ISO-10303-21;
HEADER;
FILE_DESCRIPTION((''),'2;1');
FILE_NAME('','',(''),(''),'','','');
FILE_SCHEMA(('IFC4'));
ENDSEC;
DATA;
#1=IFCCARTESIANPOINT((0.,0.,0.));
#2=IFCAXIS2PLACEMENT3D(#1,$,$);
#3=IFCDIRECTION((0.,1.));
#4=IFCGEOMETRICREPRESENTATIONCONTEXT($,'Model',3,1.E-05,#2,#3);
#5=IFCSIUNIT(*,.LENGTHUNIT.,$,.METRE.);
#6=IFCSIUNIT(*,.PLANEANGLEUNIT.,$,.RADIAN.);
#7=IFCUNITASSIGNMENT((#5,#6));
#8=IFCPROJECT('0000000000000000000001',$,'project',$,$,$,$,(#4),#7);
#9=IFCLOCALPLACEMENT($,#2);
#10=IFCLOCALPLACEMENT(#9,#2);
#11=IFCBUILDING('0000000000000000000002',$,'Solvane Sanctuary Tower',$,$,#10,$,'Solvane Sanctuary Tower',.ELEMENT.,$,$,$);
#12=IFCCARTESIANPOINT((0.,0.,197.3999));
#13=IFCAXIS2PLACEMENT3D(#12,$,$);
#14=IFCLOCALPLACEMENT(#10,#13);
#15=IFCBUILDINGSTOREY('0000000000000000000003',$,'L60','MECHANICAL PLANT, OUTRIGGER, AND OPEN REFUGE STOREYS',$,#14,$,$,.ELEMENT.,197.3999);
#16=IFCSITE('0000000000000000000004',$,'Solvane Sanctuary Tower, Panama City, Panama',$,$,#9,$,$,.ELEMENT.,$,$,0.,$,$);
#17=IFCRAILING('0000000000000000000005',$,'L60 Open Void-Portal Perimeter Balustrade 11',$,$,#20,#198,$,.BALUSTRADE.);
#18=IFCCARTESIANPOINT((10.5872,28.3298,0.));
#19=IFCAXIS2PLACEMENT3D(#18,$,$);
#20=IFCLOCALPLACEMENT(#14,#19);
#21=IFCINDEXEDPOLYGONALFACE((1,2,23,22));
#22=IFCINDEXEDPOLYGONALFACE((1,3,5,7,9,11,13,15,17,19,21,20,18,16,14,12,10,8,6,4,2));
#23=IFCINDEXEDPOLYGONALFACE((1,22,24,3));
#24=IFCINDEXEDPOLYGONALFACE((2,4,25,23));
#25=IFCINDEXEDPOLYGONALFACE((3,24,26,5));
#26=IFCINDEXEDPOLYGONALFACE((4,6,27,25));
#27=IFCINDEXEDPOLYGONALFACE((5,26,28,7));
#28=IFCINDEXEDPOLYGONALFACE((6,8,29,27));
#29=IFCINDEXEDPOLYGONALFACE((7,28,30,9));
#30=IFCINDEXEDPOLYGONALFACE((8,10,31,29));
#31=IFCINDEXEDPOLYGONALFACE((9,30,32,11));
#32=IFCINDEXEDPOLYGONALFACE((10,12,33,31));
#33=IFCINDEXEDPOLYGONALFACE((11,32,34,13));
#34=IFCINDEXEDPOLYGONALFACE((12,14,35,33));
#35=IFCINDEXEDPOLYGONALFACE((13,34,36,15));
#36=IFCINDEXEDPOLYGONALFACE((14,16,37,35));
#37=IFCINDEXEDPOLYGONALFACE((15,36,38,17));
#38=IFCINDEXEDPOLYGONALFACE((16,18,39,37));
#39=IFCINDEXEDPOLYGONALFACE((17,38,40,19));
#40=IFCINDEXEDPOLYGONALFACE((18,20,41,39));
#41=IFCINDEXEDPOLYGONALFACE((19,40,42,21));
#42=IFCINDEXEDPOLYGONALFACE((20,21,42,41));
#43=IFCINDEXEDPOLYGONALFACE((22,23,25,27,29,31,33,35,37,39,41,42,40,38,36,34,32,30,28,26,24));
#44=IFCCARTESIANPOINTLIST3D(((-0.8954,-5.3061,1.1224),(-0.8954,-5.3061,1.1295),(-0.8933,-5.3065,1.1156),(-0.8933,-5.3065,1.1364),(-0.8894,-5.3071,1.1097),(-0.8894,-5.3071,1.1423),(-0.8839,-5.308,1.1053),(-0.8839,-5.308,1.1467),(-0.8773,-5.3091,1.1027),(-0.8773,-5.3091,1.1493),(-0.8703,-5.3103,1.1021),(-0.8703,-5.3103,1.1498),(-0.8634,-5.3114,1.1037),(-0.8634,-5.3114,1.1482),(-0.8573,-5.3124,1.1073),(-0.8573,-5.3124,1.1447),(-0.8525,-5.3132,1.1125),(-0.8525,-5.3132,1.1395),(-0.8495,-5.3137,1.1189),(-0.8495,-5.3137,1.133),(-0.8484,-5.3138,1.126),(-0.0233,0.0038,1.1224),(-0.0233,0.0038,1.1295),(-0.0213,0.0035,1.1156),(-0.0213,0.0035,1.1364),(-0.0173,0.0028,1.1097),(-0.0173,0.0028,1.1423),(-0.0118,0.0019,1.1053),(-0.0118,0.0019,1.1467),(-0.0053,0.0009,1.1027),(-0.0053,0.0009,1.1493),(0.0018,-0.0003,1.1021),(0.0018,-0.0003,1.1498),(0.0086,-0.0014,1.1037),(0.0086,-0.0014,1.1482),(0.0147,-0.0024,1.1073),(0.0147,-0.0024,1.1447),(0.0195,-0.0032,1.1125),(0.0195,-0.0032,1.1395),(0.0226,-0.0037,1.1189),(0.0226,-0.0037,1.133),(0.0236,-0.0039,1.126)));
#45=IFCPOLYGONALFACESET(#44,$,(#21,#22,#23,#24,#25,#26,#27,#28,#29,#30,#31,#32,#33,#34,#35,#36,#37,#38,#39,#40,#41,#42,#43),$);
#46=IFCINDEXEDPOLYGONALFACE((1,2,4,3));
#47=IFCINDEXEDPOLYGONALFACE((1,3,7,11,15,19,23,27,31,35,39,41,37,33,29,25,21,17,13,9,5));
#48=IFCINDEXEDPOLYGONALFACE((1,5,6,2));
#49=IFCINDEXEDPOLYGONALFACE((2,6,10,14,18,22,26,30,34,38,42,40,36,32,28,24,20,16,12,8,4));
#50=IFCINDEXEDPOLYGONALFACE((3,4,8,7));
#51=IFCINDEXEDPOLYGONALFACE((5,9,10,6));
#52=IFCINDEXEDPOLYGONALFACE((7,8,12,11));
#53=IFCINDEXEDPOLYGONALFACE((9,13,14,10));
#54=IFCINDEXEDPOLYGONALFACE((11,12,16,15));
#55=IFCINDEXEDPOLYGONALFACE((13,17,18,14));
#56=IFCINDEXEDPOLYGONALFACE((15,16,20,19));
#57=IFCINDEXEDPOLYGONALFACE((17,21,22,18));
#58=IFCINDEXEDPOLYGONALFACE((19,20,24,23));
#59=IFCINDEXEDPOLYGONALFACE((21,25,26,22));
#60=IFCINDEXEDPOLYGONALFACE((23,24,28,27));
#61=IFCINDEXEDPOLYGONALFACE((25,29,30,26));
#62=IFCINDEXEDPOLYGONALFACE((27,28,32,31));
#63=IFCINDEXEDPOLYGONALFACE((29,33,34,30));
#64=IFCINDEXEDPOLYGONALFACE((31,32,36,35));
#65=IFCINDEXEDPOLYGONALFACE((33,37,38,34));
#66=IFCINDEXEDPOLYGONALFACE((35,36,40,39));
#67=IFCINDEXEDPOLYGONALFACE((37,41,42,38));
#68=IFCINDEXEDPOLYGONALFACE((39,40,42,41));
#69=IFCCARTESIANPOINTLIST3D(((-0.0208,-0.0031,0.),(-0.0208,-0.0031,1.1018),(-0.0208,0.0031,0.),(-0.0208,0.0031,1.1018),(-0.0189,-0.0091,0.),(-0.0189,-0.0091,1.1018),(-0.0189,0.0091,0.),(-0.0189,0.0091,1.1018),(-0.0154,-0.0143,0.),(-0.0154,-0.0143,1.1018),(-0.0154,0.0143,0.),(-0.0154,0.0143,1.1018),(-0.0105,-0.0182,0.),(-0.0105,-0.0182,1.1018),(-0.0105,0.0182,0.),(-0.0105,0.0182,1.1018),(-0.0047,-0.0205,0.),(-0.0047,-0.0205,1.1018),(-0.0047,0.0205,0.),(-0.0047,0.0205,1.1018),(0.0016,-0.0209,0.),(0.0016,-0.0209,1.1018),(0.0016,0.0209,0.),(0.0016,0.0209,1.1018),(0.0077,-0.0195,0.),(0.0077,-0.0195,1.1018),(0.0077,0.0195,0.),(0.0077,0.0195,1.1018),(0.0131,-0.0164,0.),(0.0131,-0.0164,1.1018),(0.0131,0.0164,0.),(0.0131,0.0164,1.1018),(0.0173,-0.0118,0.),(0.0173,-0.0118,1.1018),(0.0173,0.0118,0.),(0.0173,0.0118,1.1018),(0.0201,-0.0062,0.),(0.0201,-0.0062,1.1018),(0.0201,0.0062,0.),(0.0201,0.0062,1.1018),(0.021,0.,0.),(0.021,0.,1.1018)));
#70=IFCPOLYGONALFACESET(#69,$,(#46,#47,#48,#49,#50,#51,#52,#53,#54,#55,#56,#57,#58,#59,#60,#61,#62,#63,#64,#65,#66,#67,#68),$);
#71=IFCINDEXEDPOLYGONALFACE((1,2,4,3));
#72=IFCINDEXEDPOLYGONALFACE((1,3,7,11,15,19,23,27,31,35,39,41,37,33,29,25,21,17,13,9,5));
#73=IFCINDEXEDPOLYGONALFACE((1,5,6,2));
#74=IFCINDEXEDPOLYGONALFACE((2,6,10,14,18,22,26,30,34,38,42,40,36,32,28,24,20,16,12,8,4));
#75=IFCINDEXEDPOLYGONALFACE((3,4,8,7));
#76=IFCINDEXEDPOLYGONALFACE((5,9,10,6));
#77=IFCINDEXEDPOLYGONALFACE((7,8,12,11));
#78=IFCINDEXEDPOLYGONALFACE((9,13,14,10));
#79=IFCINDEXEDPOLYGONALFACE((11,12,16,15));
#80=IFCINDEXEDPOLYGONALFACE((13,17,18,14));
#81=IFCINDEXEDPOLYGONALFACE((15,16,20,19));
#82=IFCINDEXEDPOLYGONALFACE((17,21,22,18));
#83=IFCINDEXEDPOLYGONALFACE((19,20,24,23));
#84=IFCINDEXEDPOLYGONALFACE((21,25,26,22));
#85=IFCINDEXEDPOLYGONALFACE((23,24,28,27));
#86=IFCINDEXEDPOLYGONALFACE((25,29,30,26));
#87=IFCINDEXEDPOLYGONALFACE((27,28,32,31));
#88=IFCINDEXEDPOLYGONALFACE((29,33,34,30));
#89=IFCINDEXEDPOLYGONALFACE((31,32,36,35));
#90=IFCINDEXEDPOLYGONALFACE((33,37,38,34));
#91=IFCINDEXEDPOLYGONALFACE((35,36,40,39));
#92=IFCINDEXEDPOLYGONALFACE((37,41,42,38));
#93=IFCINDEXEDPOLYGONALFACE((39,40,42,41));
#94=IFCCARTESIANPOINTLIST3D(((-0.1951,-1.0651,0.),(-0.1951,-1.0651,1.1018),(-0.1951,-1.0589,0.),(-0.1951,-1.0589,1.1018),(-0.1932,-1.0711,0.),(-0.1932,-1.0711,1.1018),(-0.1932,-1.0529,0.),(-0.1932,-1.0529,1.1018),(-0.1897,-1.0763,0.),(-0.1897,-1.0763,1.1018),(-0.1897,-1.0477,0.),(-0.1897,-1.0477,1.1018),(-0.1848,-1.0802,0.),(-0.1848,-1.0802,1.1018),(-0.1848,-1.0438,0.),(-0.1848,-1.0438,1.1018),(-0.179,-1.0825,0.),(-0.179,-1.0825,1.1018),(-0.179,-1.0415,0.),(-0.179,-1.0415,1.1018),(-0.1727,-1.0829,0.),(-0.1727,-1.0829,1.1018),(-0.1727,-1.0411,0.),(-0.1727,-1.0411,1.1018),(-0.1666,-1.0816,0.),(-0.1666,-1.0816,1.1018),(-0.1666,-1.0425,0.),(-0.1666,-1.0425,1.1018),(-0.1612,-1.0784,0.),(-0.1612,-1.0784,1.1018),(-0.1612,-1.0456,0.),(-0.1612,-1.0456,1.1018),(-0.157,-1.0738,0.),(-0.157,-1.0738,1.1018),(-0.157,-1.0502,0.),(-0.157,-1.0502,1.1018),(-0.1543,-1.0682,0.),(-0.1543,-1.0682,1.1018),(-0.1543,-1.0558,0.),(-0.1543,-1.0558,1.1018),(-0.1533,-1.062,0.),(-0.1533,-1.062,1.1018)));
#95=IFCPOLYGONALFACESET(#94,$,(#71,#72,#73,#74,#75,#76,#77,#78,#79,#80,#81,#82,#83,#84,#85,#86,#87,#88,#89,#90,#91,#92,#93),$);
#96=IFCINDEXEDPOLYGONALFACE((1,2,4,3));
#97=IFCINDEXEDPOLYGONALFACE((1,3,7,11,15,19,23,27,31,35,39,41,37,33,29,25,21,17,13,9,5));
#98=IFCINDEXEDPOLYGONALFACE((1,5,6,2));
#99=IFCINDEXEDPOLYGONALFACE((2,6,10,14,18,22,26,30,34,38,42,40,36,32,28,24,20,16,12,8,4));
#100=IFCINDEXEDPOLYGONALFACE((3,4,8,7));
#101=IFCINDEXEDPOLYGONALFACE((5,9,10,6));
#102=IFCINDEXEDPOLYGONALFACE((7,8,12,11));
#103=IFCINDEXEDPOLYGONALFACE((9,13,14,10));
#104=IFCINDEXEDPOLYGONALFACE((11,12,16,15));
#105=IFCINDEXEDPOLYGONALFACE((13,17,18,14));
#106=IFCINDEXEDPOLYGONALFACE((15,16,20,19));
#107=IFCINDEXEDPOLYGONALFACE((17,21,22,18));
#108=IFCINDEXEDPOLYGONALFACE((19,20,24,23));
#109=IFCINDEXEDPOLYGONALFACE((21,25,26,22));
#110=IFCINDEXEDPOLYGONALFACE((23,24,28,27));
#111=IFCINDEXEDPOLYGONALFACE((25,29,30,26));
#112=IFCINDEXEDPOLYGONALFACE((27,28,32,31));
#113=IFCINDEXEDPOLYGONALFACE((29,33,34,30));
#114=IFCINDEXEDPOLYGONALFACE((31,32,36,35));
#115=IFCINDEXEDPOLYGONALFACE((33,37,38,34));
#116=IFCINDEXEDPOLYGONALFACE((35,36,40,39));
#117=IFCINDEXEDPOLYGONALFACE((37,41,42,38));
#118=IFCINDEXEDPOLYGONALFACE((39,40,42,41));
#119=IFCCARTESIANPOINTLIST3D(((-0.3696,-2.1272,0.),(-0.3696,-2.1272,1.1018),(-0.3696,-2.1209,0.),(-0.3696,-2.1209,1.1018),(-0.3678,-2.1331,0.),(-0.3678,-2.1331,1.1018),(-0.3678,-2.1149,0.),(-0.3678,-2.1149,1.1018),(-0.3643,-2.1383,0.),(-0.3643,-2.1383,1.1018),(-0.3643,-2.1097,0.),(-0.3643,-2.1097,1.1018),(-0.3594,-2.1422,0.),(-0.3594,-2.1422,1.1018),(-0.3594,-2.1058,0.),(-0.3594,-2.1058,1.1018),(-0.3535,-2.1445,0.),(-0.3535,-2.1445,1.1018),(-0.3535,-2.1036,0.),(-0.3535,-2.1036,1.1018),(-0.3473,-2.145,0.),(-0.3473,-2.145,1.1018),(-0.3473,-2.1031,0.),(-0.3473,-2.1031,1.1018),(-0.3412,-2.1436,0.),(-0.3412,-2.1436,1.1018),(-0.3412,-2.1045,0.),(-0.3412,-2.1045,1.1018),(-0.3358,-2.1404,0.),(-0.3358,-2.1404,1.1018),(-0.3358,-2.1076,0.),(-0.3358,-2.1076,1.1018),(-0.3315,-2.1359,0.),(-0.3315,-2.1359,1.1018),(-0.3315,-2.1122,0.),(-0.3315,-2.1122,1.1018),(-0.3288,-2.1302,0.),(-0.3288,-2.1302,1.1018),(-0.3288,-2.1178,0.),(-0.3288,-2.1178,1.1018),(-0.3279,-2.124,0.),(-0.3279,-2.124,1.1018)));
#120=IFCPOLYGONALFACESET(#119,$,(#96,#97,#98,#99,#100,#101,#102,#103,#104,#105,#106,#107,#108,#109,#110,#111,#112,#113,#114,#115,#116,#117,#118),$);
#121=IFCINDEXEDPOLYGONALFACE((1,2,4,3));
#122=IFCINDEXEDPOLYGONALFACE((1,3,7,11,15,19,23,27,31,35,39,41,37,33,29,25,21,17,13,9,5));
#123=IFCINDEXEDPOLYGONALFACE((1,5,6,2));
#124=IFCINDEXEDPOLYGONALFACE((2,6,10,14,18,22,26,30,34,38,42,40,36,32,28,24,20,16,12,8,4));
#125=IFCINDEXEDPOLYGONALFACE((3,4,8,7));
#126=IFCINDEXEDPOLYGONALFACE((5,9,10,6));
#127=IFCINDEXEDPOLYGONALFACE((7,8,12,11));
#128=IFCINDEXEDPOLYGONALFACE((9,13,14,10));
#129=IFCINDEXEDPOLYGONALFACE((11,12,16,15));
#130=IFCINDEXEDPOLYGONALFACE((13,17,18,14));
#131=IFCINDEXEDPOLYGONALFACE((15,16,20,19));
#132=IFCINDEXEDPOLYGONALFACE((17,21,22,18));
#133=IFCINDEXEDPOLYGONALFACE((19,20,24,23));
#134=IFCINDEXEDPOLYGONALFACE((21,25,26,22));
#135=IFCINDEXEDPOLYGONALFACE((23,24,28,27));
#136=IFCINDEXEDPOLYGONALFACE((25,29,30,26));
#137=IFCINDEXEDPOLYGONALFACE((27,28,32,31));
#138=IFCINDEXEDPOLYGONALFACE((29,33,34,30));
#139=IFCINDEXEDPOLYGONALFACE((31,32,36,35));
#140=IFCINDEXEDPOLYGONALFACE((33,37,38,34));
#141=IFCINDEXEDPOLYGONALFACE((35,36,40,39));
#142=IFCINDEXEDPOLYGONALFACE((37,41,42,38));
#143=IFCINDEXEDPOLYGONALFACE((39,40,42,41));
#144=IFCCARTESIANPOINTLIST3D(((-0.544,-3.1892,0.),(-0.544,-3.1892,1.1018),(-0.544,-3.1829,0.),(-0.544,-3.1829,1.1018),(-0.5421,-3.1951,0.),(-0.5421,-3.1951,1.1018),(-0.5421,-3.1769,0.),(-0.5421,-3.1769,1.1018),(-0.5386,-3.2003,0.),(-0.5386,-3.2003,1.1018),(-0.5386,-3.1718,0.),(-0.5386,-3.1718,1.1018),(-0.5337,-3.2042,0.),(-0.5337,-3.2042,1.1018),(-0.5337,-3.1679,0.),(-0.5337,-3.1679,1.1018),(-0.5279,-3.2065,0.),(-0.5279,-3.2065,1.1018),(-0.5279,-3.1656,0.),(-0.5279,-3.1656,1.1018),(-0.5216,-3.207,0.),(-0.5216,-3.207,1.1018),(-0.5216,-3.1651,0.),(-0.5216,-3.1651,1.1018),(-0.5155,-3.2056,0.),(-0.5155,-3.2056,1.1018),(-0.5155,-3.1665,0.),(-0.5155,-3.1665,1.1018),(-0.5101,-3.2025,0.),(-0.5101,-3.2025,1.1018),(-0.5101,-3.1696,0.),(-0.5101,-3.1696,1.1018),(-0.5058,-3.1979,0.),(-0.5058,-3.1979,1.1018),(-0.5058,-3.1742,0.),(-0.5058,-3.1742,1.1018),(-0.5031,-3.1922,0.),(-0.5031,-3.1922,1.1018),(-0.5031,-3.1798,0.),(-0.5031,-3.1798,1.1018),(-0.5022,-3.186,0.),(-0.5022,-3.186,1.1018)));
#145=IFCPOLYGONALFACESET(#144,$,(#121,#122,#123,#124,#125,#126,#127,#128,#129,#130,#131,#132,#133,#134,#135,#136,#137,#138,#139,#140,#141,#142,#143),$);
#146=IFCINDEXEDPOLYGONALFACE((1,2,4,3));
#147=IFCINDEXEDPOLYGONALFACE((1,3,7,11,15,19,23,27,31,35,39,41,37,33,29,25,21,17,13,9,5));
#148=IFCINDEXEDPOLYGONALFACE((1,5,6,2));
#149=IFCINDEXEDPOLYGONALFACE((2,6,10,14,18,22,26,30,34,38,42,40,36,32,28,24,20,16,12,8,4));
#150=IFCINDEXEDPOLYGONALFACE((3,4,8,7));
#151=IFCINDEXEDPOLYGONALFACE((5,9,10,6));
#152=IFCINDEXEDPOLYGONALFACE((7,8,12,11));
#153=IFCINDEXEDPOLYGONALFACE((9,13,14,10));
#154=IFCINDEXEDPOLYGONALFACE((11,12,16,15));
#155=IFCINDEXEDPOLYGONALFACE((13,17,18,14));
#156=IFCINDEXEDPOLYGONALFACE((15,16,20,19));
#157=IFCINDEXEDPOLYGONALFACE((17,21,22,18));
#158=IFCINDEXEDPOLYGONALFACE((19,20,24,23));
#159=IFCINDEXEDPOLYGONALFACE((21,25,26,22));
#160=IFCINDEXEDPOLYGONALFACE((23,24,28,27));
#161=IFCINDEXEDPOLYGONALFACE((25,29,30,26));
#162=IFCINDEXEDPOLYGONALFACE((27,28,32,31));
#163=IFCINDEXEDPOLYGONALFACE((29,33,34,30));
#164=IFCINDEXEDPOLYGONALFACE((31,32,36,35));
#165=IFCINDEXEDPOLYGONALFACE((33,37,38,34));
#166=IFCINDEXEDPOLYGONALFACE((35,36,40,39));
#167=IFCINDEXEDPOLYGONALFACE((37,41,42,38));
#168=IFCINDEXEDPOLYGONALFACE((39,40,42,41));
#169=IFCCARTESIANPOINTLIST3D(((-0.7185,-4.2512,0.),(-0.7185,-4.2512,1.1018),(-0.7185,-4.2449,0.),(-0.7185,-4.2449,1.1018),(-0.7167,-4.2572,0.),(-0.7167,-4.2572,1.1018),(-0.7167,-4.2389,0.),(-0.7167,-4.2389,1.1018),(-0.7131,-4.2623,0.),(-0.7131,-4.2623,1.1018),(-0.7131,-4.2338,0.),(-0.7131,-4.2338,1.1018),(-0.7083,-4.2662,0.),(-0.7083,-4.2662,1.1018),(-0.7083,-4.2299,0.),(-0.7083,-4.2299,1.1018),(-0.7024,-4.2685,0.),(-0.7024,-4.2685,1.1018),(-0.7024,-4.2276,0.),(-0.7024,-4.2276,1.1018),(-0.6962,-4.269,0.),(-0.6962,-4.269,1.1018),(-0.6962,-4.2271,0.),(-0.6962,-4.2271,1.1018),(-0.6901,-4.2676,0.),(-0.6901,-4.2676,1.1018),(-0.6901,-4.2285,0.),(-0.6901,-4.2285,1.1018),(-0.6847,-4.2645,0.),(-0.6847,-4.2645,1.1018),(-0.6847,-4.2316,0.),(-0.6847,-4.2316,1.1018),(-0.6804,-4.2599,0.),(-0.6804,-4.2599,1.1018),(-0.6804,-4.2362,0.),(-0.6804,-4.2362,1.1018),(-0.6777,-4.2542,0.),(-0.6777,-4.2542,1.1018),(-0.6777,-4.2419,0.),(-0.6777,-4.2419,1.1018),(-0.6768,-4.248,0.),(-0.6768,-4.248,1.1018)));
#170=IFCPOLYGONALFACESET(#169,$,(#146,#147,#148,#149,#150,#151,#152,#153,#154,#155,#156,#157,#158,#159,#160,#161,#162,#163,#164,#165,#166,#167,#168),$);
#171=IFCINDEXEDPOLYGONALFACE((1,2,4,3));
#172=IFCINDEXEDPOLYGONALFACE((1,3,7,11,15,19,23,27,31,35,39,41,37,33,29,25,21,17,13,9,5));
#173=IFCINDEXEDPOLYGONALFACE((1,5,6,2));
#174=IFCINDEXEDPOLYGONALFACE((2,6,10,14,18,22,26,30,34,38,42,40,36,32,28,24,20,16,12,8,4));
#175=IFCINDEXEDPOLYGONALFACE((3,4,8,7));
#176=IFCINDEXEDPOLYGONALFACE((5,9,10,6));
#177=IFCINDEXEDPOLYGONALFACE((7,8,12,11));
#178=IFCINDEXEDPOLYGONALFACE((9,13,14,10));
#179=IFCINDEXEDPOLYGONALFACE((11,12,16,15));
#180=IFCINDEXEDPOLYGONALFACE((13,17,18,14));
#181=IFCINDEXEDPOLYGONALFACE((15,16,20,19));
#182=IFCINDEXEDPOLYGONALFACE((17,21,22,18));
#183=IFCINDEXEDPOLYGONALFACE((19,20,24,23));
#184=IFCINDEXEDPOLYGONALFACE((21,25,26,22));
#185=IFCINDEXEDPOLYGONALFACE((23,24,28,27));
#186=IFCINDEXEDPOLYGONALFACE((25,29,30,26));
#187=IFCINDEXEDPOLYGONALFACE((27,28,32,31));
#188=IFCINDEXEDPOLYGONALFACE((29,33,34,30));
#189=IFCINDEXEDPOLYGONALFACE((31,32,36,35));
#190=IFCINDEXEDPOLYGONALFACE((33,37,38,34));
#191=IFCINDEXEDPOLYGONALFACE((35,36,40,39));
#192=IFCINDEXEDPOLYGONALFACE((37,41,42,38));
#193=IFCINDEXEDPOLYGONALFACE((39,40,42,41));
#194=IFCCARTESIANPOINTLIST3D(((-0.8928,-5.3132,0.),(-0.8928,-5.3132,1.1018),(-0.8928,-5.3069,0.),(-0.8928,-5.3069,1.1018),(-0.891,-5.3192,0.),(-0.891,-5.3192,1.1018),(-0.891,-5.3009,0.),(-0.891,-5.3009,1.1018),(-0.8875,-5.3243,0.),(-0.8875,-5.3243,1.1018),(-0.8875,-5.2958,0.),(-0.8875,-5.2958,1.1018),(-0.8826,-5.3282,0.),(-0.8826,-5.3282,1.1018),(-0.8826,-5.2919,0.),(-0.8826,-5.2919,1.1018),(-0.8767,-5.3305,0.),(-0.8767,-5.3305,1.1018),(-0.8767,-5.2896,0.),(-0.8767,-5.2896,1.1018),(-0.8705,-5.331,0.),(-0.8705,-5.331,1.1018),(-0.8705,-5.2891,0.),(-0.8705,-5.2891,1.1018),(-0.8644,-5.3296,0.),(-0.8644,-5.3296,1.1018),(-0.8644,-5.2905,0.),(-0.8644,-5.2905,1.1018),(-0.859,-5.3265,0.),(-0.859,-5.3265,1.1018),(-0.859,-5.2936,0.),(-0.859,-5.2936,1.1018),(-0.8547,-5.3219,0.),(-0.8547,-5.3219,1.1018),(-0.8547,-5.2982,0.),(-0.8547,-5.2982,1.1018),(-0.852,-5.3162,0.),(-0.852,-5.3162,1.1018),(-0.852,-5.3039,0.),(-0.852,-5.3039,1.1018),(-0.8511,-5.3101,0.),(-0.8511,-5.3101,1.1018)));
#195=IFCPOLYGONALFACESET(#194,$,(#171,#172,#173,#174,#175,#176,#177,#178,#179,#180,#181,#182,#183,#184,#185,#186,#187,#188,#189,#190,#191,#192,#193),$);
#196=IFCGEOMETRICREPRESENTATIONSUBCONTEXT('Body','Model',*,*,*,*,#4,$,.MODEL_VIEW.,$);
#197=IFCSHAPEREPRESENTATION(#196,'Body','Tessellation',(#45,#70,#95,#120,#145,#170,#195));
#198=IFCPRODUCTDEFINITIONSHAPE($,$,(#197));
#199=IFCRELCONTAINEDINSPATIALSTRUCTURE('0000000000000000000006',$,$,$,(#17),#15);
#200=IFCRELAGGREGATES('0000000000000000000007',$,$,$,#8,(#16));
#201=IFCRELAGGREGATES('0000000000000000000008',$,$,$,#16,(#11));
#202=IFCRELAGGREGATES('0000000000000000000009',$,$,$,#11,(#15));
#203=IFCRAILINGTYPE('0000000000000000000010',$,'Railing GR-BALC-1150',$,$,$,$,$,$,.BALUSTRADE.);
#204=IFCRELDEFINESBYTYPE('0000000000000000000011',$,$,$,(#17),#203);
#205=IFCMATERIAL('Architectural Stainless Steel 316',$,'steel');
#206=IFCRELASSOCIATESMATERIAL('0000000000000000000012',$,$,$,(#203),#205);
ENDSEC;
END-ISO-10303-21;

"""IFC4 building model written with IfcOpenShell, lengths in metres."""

from ifc_helpers import new_model, si_unit, direction, frame, origin, origin_2d, place, context, subcontext, project, spatial, circle, extrude, material, type_object, element, save


model = new_model("IFC4")

# Units and contexts
model_context = context("Model", 3, precision=1e-05, world=origin(), true_north=direction((0.0, 1.0)))
body_context = subcontext(model_context, "Body", "Model", "MODEL_VIEW")
ifc_project = project(units=[si_unit("LENGTHUNIT", "METRE"), si_unit("PLANEANGLEUNIT", "RADIAN")], contexts=[model_context])

# Site, building, storey
site_placement = place(None, origin())
site = spatial("IfcSite", under=ifc_project, at=site_placement, Name="Solvane Sanctuary Tower, Panama City, Panama", CompositionType="ELEMENT", RefElevation=0.0)
building_placement = place(site_placement, origin())
building = spatial("IfcBuilding", under=site, at=building_placement, Name="Solvane Sanctuary Tower", LongName="Solvane Sanctuary Tower", CompositionType="ELEMENT")
storey_placement = place(building_placement, frame((0.0, 0.0, 197.3999)))
storey = spatial("IfcBuildingStorey", under=building, at=storey_placement, Name="L60", Description="MECHANICAL PLANT, OUTRIGGER, AND OPEN REFUGE STOREYS", CompositionType="ELEMENT", Elevation=197.3999)

# Shared definitions
ifc_material_1 = material(Name="Architectural Stainless Steel 316", Category="steel")

# Railing
railing_type_1 = type_object("IfcRailingType", Name="Railing GR-BALC-1150", PredefinedType="BALUSTRADE", material=ifc_material_1)
railing_1_placement = place(storey_placement, frame((10.5872, 28.3298, 0.0)))
element("IfcRailing", 1, at=railing_1_placement, inside=storey, type_object=railing_type_1, Name="L60 Open Void-Portal Perimeter Balustrade 11", PredefinedType="BALUSTRADE", context=body_context, shape_type="SweptSolid", body=[
    extrude(circle(Radius=0.0239, at=origin_2d()), frame((0.0, 0.0, 1.126), z_axis=(-0.162059, -0.986781, 0.0), x_axis=(0.986781, -0.162059, 0.0)), (0.0, 0.0, 1.0), 5.3811),
    extrude(circle(Radius=0.021, at=origin_2d()), origin(), (0.0, 0.0, 1.0), 1.1018),
    extrude(circle(Radius=0.021, at=origin_2d()), frame((-0.1743, -1.062, 0.0)), (0.0, 0.0, 1.0), 1.1018),
    extrude(circle(Radius=0.021, at=origin_2d()), frame((-0.3489, -2.124, 0.0)), (0.0, 0.0, 1.0), 1.1018),
    extrude(circle(Radius=0.021, at=origin_2d()), frame((-0.5232, -3.186, 0.0)), (0.0, 0.0, 1.0), 1.1018),
    extrude(circle(Radius=0.021, at=origin_2d()), frame((-0.6978, -4.248, 0.0)), (0.0, 0.0, 1.0), 1.1018),
    extrude(circle(Radius=0.021, at=origin_2d()), frame((-0.8721, -5.3101, 0.0)), (0.0, 0.0, 1.0), 1.1018),
])

save(model, "model.ifc")
